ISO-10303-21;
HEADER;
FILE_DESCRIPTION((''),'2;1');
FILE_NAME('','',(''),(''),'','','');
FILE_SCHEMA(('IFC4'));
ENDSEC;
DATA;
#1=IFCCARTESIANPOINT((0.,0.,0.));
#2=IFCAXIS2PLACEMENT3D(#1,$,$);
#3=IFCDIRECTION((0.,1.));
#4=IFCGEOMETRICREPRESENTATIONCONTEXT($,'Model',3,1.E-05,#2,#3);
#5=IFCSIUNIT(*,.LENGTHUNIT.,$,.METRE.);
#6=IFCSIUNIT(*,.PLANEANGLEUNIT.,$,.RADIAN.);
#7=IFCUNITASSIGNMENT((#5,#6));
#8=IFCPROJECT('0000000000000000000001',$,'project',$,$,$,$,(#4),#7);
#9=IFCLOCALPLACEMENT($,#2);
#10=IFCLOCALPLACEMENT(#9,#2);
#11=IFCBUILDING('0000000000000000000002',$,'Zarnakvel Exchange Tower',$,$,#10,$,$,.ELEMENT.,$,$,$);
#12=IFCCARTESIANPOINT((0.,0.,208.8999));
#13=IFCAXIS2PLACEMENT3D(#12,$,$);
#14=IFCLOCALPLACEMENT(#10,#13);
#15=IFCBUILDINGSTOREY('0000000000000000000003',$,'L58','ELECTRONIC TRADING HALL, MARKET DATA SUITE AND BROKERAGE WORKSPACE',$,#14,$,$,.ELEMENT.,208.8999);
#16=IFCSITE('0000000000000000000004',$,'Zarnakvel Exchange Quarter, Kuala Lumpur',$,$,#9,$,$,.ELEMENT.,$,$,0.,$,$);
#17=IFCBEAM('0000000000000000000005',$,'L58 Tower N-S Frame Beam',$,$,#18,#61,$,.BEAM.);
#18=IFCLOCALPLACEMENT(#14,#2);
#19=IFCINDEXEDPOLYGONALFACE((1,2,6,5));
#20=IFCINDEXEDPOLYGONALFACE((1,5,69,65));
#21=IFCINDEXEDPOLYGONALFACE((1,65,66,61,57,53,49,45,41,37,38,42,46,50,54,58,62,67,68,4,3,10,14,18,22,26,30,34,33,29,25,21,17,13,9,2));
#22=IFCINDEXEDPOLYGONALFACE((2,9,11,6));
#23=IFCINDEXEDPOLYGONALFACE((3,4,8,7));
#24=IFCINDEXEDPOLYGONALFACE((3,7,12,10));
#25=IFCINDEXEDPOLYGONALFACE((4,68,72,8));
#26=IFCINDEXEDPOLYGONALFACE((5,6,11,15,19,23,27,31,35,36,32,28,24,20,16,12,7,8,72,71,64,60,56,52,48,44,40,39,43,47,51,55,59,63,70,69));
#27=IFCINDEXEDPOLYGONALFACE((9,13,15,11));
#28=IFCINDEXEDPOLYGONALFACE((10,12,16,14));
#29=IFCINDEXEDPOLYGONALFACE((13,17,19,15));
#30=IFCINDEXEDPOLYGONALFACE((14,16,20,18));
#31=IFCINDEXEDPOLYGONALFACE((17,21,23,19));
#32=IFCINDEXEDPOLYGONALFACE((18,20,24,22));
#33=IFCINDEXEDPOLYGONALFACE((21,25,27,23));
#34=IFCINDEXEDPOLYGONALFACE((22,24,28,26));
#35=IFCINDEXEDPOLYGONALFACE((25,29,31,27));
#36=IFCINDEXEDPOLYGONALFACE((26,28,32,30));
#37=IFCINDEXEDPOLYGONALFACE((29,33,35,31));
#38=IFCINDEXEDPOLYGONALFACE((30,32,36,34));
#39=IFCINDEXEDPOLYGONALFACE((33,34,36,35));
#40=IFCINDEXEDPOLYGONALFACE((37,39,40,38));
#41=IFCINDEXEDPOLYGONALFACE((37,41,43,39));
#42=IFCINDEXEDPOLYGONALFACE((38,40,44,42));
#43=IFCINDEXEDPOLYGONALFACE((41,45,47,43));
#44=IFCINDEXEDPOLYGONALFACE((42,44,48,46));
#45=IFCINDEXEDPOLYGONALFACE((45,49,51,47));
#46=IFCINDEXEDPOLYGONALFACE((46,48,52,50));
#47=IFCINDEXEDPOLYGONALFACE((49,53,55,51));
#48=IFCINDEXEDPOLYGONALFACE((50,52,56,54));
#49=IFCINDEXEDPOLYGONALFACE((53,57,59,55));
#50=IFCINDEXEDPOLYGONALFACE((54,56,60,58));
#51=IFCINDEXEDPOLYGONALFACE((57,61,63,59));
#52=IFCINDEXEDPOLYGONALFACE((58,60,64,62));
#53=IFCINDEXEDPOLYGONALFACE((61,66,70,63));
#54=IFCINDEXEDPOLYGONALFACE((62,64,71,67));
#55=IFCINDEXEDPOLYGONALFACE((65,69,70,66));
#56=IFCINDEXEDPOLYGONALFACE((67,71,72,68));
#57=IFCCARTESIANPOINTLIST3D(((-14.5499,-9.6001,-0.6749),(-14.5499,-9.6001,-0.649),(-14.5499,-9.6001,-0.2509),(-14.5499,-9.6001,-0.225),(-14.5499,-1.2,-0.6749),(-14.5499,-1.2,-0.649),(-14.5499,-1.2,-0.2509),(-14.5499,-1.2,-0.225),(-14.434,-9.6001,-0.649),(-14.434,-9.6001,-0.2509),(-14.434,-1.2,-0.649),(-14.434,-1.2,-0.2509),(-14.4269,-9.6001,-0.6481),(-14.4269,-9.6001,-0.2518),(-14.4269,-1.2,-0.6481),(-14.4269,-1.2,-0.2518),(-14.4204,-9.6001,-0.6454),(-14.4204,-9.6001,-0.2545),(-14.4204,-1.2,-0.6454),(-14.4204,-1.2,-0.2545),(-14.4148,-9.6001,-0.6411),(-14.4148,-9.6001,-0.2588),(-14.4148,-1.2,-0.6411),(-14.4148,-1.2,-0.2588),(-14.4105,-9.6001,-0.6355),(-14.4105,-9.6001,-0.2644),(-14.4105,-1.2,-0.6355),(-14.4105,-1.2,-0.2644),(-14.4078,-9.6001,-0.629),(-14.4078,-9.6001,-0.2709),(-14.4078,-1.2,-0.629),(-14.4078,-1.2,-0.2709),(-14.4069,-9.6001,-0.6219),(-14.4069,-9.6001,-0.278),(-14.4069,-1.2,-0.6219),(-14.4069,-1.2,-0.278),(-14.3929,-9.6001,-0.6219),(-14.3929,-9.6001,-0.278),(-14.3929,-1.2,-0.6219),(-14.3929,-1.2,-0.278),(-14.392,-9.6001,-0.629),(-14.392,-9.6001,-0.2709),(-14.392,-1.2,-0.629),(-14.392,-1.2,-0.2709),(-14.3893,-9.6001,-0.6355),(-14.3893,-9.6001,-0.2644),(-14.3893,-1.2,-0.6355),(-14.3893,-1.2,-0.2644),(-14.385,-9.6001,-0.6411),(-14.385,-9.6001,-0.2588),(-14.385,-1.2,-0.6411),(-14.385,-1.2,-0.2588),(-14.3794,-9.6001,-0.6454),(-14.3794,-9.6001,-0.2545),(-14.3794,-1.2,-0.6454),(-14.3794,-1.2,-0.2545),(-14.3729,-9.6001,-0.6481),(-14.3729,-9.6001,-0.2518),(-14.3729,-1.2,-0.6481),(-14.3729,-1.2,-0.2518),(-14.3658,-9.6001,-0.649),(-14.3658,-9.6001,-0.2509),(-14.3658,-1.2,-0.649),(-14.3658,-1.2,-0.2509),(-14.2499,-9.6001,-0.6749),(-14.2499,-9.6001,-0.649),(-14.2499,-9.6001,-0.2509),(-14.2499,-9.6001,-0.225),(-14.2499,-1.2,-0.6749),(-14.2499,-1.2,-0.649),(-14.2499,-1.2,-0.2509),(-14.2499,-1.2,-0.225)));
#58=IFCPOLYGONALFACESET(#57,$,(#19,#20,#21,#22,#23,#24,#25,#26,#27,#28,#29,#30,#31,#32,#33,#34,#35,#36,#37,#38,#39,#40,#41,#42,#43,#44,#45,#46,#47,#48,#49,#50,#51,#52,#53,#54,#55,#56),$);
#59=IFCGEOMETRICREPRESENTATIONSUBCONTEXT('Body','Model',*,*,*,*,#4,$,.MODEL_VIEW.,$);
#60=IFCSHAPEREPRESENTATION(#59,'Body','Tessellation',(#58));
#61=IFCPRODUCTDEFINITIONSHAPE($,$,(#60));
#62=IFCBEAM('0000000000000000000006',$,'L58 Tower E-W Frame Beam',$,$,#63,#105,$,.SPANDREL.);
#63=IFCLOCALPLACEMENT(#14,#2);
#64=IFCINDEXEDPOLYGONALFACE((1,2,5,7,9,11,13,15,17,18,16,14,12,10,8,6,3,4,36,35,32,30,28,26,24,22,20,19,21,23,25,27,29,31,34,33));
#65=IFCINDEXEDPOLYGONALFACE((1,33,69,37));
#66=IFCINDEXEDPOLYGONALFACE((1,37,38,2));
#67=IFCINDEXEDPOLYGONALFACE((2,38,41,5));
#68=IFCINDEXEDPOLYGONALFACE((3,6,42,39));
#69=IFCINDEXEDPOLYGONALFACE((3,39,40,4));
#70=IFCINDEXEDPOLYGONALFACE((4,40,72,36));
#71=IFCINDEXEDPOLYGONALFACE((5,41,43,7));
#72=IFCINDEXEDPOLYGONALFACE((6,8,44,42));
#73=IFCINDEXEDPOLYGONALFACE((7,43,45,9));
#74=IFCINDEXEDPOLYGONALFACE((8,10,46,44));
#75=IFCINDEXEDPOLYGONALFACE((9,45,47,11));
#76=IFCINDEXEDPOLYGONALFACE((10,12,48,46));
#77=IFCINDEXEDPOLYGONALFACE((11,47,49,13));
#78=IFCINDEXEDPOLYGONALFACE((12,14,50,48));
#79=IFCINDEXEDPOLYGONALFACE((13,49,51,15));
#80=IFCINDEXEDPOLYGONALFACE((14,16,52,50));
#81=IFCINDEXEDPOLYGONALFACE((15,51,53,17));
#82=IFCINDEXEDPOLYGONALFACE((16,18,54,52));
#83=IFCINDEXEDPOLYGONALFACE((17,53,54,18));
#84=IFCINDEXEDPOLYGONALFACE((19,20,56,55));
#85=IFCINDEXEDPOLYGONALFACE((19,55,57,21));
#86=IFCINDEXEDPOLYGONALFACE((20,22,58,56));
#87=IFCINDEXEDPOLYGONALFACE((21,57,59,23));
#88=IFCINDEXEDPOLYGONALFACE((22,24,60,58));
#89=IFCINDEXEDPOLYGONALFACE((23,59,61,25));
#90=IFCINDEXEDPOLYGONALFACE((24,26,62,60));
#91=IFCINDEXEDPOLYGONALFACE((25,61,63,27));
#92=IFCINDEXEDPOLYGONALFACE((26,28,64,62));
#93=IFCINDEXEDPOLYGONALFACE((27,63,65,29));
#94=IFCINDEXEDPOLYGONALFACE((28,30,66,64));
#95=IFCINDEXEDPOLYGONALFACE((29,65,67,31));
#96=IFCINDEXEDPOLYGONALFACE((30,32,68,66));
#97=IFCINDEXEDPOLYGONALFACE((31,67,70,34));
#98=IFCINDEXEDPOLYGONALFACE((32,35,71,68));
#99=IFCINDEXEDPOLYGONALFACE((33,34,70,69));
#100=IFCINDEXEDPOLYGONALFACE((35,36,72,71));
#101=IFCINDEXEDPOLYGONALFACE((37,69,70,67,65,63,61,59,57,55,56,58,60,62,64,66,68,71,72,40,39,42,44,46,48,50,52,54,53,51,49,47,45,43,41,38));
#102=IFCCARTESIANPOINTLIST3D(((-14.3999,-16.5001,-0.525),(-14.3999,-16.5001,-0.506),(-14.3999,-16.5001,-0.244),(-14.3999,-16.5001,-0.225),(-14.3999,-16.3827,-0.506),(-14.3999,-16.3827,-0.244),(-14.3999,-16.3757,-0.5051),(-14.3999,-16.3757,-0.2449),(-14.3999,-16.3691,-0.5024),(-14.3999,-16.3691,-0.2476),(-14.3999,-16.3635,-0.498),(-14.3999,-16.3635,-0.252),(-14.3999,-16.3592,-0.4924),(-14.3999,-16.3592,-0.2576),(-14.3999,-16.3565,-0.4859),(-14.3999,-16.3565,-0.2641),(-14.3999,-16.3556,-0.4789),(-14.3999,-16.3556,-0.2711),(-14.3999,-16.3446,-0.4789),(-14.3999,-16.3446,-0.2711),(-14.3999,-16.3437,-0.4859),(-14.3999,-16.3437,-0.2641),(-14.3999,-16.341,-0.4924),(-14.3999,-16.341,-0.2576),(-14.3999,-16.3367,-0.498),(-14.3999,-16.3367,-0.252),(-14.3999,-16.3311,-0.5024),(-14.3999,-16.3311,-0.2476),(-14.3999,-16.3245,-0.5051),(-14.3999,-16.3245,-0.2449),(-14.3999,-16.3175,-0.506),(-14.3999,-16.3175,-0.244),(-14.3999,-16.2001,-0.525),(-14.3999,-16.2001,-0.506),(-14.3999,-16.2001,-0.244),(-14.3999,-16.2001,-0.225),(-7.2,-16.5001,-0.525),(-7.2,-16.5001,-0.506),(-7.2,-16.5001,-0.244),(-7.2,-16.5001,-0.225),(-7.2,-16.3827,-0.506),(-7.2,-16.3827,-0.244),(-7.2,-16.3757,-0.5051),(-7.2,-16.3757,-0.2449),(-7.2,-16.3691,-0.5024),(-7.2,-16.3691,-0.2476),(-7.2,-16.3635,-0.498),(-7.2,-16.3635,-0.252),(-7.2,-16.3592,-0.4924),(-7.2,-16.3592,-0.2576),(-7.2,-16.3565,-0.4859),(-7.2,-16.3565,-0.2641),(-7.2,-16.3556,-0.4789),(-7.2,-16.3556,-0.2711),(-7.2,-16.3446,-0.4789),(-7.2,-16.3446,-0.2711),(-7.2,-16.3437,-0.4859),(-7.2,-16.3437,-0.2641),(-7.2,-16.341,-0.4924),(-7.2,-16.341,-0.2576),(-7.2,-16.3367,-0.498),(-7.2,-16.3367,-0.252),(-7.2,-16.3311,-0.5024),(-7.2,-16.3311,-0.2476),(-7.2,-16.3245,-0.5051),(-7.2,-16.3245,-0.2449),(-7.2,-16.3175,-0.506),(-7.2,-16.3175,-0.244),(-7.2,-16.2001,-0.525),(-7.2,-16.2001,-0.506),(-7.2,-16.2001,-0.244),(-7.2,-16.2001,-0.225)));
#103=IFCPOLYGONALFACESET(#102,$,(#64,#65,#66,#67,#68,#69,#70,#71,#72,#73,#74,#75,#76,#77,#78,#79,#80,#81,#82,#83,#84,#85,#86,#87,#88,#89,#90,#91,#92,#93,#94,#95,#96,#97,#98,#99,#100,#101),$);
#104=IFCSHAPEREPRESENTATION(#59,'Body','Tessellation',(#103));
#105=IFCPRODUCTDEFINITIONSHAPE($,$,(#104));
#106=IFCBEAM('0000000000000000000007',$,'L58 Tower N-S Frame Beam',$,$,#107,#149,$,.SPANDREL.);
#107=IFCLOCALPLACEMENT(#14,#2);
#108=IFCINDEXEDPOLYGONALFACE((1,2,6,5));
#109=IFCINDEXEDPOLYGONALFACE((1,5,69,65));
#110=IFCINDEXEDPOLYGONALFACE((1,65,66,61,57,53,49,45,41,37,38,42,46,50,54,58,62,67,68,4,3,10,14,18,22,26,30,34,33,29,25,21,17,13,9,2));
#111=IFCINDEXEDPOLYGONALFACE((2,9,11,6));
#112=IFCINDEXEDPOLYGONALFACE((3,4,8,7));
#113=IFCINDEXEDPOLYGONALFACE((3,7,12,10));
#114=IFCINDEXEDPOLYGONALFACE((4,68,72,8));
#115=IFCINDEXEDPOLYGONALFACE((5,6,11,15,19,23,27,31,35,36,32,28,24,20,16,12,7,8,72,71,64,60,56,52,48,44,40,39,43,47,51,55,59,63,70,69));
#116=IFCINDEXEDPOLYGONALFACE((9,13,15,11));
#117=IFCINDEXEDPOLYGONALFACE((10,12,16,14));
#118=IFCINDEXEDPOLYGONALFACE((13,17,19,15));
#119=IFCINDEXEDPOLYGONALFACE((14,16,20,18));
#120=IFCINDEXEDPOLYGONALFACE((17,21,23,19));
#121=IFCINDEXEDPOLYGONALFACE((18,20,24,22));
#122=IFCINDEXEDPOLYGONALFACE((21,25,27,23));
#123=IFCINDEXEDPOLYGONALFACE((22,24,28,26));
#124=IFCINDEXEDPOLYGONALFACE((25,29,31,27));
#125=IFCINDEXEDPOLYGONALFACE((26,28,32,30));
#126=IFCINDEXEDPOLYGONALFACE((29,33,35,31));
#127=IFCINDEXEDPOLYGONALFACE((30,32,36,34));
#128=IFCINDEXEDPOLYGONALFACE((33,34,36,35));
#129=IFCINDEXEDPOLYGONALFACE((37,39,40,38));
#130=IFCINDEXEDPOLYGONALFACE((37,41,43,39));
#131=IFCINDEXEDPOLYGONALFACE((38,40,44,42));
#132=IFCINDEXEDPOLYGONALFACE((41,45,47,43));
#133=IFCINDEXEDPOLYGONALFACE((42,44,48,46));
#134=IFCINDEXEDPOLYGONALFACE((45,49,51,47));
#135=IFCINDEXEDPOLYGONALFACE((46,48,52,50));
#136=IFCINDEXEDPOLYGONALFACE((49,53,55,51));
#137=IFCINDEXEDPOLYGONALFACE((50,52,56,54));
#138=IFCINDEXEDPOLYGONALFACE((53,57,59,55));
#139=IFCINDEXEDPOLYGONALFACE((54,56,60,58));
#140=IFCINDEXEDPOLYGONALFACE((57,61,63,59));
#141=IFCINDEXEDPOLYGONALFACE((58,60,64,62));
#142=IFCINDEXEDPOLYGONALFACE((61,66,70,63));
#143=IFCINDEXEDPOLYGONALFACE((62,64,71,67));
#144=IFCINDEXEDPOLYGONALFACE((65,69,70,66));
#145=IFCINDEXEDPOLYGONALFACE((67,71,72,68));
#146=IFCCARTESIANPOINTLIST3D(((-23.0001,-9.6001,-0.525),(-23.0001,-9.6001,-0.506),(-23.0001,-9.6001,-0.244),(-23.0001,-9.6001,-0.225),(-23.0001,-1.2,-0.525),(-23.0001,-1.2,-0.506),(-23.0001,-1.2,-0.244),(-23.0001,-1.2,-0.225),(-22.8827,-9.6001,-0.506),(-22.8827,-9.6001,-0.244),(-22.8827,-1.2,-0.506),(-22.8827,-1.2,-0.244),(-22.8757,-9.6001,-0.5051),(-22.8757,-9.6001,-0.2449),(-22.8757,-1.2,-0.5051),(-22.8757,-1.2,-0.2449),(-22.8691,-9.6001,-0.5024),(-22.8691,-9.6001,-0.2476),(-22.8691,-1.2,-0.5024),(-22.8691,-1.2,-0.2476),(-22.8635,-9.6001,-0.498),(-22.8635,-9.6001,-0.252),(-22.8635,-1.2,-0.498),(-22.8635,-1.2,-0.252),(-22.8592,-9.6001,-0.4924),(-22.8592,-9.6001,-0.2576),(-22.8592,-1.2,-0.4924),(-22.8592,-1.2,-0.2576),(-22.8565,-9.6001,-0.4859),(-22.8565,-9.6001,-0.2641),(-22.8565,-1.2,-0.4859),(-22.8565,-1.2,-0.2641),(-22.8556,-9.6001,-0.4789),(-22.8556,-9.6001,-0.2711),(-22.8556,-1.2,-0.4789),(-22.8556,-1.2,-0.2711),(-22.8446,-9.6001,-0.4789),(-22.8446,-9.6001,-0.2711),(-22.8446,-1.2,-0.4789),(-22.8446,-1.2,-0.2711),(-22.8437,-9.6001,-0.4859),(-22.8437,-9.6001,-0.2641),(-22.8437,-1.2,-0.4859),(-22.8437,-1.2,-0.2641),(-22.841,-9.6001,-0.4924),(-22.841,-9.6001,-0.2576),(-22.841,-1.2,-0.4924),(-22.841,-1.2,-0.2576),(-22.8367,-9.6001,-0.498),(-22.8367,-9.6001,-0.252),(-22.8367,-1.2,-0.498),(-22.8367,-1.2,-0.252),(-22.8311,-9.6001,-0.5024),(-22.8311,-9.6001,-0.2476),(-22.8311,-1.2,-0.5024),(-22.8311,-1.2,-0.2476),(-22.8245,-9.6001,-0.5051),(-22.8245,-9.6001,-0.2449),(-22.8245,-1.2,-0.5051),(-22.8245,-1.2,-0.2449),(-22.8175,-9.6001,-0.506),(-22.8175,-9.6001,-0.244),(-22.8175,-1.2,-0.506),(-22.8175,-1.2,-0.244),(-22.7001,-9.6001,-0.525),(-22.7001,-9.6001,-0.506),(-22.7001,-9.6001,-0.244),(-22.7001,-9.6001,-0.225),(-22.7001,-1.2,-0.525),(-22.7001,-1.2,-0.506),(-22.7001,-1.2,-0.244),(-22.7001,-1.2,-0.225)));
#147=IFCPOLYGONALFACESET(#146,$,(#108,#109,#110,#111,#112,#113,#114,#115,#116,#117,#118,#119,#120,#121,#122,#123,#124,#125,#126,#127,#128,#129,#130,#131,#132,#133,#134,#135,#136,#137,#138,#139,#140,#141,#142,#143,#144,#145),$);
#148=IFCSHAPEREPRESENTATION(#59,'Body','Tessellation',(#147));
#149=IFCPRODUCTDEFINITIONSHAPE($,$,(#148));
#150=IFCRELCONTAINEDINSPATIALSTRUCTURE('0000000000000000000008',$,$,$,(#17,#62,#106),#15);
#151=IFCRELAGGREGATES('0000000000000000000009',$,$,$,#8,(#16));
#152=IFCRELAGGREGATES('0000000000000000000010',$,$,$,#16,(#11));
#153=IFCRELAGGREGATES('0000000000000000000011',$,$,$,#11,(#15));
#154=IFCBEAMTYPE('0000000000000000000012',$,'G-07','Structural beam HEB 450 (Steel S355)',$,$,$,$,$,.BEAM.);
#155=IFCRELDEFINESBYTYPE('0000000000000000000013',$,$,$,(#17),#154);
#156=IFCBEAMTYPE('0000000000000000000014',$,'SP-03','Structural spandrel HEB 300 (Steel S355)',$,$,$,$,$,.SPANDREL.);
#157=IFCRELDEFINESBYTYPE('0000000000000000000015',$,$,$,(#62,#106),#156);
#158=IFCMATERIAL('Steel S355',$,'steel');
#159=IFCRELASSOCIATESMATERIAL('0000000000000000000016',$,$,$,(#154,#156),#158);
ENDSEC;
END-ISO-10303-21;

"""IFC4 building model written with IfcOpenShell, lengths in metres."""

from ifc_helpers import new_model, si_unit, direction, frame, origin, origin_2d, place, context, subcontext, project, spatial, i_section, extrude, material, material_profile, profile_set, type_object, element, save


model = new_model("IFC4")

# Units and contexts
model_context = context("Model", 3, precision=1e-05, world=origin(), true_north=direction((0.0, 1.0)))
body_context = subcontext(model_context, "Body", "Model", "MODEL_VIEW")
ifc_project = project(units=[si_unit("LENGTHUNIT", "METRE"), si_unit("PLANEANGLEUNIT", "RADIAN")], contexts=[model_context])

# Site, building, storey
site_placement = place(None, origin())
site = spatial("IfcSite", under=ifc_project, at=site_placement, Name="Zarnakvel Exchange Quarter, Kuala Lumpur", CompositionType="ELEMENT", RefElevation=0.0)
building_placement = place(site_placement, origin())
building = spatial("IfcBuilding", under=site, at=building_placement, Name="Zarnakvel Exchange Tower", CompositionType="ELEMENT")
storey_placement = place(building_placement, frame((0.0, 0.0, 208.8999)))
storey = spatial("IfcBuildingStorey", under=building, at=storey_placement, Name="L58", Description="ELECTRONIC TRADING HALL, MARKET DATA SUITE AND BROKERAGE WORKSPACE", CompositionType="ELEMENT", Elevation=208.8999)

# Shared definitions
ifc_material_1 = material(Name="Steel S355", Category="steel")

# Beams
ifc_material_profile_1 = material_profile(ifc_material_1, i_section(OverallWidth=0.3, OverallDepth=0.45, WebThickness=0.0139, FlangeThickness=0.0259, FilletRadius=0.0271, at=origin_2d()))
ifc_profile_set_1 = profile_set([ifc_material_profile_1], Name="Steel S355")
beam_type_1 = type_object("IfcBeamType", Name="G-07", Description="Structural beam HEB 450 (Steel S355)", PredefinedType="BEAM", material=ifc_profile_set_1)
beam_1_placement = place(storey_placement, frame((-14.3999, -9.6001, -0.45), z_axis=(0.0, 1.0, 0.0), x_axis=(-1.0, 0.0, 0.0)))
element("IfcBeam", 1, at=beam_1_placement, inside=storey, type_object=beam_type_1, Name="L58 Tower N-S Frame Beam", PredefinedType="BEAM", context=body_context, shape_type="SweptSolid", body=[
    extrude(i_section(OverallWidth=0.3, OverallDepth=0.45, WebThickness=0.0139, FlangeThickness=0.0259, FilletRadius=0.0271, at=origin_2d()), origin(), (0.0, 0.0, 1.0), 8.4001),
])
ifc_material_profile_2 = material_profile(ifc_material_1, i_section(OverallWidth=0.3, OverallDepth=0.3, WebThickness=0.011, FlangeThickness=0.019, FilletRadius=0.0271, at=origin_2d()))
ifc_profile_set_2 = profile_set([ifc_material_profile_2], Name="Steel S355")
beam_type_2 = type_object("IfcBeamType", Name="SP-03", Description="Structural spandrel HEB 300 (Steel S355)", PredefinedType="SPANDREL", material=ifc_profile_set_2)
beam_2_placement = place(storey_placement, frame((-14.3999, -16.3501, -0.375), z_axis=(1.0, 0.0, 0.0), x_axis=(0.0, 1.0, 0.0)))
element("IfcBeam", 2, at=beam_2_placement, inside=storey, type_object=beam_type_2, Name="L58 Tower E-W Frame Beam", PredefinedType="SPANDREL", context=body_context, shape_type="SweptSolid", body=[
    extrude(i_section(OverallWidth=0.3, OverallDepth=0.3, WebThickness=0.011, FlangeThickness=0.019, FilletRadius=0.0271, at=origin_2d()), origin(), (0.0, 0.0, 1.0), 7.2),
])
beam_3_placement = place(storey_placement, frame((-22.8501, -9.6001, -0.375), z_axis=(0.0, 1.0, 0.0), x_axis=(-1.0, 0.0, 0.0)))
element("IfcBeam", 3, at=beam_3_placement, inside=storey, type_object=beam_type_2, Name="L58 Tower N-S Frame Beam", PredefinedType="SPANDREL", context=body_context, shape_type="SweptSolid", body=[
    extrude(i_section(OverallWidth=0.3, OverallDepth=0.3, WebThickness=0.011, FlangeThickness=0.019, FilletRadius=0.0271, at=origin_2d()), origin(), (0.0, 0.0, 1.0), 8.4001),
])

save(model, "model.ifc")
